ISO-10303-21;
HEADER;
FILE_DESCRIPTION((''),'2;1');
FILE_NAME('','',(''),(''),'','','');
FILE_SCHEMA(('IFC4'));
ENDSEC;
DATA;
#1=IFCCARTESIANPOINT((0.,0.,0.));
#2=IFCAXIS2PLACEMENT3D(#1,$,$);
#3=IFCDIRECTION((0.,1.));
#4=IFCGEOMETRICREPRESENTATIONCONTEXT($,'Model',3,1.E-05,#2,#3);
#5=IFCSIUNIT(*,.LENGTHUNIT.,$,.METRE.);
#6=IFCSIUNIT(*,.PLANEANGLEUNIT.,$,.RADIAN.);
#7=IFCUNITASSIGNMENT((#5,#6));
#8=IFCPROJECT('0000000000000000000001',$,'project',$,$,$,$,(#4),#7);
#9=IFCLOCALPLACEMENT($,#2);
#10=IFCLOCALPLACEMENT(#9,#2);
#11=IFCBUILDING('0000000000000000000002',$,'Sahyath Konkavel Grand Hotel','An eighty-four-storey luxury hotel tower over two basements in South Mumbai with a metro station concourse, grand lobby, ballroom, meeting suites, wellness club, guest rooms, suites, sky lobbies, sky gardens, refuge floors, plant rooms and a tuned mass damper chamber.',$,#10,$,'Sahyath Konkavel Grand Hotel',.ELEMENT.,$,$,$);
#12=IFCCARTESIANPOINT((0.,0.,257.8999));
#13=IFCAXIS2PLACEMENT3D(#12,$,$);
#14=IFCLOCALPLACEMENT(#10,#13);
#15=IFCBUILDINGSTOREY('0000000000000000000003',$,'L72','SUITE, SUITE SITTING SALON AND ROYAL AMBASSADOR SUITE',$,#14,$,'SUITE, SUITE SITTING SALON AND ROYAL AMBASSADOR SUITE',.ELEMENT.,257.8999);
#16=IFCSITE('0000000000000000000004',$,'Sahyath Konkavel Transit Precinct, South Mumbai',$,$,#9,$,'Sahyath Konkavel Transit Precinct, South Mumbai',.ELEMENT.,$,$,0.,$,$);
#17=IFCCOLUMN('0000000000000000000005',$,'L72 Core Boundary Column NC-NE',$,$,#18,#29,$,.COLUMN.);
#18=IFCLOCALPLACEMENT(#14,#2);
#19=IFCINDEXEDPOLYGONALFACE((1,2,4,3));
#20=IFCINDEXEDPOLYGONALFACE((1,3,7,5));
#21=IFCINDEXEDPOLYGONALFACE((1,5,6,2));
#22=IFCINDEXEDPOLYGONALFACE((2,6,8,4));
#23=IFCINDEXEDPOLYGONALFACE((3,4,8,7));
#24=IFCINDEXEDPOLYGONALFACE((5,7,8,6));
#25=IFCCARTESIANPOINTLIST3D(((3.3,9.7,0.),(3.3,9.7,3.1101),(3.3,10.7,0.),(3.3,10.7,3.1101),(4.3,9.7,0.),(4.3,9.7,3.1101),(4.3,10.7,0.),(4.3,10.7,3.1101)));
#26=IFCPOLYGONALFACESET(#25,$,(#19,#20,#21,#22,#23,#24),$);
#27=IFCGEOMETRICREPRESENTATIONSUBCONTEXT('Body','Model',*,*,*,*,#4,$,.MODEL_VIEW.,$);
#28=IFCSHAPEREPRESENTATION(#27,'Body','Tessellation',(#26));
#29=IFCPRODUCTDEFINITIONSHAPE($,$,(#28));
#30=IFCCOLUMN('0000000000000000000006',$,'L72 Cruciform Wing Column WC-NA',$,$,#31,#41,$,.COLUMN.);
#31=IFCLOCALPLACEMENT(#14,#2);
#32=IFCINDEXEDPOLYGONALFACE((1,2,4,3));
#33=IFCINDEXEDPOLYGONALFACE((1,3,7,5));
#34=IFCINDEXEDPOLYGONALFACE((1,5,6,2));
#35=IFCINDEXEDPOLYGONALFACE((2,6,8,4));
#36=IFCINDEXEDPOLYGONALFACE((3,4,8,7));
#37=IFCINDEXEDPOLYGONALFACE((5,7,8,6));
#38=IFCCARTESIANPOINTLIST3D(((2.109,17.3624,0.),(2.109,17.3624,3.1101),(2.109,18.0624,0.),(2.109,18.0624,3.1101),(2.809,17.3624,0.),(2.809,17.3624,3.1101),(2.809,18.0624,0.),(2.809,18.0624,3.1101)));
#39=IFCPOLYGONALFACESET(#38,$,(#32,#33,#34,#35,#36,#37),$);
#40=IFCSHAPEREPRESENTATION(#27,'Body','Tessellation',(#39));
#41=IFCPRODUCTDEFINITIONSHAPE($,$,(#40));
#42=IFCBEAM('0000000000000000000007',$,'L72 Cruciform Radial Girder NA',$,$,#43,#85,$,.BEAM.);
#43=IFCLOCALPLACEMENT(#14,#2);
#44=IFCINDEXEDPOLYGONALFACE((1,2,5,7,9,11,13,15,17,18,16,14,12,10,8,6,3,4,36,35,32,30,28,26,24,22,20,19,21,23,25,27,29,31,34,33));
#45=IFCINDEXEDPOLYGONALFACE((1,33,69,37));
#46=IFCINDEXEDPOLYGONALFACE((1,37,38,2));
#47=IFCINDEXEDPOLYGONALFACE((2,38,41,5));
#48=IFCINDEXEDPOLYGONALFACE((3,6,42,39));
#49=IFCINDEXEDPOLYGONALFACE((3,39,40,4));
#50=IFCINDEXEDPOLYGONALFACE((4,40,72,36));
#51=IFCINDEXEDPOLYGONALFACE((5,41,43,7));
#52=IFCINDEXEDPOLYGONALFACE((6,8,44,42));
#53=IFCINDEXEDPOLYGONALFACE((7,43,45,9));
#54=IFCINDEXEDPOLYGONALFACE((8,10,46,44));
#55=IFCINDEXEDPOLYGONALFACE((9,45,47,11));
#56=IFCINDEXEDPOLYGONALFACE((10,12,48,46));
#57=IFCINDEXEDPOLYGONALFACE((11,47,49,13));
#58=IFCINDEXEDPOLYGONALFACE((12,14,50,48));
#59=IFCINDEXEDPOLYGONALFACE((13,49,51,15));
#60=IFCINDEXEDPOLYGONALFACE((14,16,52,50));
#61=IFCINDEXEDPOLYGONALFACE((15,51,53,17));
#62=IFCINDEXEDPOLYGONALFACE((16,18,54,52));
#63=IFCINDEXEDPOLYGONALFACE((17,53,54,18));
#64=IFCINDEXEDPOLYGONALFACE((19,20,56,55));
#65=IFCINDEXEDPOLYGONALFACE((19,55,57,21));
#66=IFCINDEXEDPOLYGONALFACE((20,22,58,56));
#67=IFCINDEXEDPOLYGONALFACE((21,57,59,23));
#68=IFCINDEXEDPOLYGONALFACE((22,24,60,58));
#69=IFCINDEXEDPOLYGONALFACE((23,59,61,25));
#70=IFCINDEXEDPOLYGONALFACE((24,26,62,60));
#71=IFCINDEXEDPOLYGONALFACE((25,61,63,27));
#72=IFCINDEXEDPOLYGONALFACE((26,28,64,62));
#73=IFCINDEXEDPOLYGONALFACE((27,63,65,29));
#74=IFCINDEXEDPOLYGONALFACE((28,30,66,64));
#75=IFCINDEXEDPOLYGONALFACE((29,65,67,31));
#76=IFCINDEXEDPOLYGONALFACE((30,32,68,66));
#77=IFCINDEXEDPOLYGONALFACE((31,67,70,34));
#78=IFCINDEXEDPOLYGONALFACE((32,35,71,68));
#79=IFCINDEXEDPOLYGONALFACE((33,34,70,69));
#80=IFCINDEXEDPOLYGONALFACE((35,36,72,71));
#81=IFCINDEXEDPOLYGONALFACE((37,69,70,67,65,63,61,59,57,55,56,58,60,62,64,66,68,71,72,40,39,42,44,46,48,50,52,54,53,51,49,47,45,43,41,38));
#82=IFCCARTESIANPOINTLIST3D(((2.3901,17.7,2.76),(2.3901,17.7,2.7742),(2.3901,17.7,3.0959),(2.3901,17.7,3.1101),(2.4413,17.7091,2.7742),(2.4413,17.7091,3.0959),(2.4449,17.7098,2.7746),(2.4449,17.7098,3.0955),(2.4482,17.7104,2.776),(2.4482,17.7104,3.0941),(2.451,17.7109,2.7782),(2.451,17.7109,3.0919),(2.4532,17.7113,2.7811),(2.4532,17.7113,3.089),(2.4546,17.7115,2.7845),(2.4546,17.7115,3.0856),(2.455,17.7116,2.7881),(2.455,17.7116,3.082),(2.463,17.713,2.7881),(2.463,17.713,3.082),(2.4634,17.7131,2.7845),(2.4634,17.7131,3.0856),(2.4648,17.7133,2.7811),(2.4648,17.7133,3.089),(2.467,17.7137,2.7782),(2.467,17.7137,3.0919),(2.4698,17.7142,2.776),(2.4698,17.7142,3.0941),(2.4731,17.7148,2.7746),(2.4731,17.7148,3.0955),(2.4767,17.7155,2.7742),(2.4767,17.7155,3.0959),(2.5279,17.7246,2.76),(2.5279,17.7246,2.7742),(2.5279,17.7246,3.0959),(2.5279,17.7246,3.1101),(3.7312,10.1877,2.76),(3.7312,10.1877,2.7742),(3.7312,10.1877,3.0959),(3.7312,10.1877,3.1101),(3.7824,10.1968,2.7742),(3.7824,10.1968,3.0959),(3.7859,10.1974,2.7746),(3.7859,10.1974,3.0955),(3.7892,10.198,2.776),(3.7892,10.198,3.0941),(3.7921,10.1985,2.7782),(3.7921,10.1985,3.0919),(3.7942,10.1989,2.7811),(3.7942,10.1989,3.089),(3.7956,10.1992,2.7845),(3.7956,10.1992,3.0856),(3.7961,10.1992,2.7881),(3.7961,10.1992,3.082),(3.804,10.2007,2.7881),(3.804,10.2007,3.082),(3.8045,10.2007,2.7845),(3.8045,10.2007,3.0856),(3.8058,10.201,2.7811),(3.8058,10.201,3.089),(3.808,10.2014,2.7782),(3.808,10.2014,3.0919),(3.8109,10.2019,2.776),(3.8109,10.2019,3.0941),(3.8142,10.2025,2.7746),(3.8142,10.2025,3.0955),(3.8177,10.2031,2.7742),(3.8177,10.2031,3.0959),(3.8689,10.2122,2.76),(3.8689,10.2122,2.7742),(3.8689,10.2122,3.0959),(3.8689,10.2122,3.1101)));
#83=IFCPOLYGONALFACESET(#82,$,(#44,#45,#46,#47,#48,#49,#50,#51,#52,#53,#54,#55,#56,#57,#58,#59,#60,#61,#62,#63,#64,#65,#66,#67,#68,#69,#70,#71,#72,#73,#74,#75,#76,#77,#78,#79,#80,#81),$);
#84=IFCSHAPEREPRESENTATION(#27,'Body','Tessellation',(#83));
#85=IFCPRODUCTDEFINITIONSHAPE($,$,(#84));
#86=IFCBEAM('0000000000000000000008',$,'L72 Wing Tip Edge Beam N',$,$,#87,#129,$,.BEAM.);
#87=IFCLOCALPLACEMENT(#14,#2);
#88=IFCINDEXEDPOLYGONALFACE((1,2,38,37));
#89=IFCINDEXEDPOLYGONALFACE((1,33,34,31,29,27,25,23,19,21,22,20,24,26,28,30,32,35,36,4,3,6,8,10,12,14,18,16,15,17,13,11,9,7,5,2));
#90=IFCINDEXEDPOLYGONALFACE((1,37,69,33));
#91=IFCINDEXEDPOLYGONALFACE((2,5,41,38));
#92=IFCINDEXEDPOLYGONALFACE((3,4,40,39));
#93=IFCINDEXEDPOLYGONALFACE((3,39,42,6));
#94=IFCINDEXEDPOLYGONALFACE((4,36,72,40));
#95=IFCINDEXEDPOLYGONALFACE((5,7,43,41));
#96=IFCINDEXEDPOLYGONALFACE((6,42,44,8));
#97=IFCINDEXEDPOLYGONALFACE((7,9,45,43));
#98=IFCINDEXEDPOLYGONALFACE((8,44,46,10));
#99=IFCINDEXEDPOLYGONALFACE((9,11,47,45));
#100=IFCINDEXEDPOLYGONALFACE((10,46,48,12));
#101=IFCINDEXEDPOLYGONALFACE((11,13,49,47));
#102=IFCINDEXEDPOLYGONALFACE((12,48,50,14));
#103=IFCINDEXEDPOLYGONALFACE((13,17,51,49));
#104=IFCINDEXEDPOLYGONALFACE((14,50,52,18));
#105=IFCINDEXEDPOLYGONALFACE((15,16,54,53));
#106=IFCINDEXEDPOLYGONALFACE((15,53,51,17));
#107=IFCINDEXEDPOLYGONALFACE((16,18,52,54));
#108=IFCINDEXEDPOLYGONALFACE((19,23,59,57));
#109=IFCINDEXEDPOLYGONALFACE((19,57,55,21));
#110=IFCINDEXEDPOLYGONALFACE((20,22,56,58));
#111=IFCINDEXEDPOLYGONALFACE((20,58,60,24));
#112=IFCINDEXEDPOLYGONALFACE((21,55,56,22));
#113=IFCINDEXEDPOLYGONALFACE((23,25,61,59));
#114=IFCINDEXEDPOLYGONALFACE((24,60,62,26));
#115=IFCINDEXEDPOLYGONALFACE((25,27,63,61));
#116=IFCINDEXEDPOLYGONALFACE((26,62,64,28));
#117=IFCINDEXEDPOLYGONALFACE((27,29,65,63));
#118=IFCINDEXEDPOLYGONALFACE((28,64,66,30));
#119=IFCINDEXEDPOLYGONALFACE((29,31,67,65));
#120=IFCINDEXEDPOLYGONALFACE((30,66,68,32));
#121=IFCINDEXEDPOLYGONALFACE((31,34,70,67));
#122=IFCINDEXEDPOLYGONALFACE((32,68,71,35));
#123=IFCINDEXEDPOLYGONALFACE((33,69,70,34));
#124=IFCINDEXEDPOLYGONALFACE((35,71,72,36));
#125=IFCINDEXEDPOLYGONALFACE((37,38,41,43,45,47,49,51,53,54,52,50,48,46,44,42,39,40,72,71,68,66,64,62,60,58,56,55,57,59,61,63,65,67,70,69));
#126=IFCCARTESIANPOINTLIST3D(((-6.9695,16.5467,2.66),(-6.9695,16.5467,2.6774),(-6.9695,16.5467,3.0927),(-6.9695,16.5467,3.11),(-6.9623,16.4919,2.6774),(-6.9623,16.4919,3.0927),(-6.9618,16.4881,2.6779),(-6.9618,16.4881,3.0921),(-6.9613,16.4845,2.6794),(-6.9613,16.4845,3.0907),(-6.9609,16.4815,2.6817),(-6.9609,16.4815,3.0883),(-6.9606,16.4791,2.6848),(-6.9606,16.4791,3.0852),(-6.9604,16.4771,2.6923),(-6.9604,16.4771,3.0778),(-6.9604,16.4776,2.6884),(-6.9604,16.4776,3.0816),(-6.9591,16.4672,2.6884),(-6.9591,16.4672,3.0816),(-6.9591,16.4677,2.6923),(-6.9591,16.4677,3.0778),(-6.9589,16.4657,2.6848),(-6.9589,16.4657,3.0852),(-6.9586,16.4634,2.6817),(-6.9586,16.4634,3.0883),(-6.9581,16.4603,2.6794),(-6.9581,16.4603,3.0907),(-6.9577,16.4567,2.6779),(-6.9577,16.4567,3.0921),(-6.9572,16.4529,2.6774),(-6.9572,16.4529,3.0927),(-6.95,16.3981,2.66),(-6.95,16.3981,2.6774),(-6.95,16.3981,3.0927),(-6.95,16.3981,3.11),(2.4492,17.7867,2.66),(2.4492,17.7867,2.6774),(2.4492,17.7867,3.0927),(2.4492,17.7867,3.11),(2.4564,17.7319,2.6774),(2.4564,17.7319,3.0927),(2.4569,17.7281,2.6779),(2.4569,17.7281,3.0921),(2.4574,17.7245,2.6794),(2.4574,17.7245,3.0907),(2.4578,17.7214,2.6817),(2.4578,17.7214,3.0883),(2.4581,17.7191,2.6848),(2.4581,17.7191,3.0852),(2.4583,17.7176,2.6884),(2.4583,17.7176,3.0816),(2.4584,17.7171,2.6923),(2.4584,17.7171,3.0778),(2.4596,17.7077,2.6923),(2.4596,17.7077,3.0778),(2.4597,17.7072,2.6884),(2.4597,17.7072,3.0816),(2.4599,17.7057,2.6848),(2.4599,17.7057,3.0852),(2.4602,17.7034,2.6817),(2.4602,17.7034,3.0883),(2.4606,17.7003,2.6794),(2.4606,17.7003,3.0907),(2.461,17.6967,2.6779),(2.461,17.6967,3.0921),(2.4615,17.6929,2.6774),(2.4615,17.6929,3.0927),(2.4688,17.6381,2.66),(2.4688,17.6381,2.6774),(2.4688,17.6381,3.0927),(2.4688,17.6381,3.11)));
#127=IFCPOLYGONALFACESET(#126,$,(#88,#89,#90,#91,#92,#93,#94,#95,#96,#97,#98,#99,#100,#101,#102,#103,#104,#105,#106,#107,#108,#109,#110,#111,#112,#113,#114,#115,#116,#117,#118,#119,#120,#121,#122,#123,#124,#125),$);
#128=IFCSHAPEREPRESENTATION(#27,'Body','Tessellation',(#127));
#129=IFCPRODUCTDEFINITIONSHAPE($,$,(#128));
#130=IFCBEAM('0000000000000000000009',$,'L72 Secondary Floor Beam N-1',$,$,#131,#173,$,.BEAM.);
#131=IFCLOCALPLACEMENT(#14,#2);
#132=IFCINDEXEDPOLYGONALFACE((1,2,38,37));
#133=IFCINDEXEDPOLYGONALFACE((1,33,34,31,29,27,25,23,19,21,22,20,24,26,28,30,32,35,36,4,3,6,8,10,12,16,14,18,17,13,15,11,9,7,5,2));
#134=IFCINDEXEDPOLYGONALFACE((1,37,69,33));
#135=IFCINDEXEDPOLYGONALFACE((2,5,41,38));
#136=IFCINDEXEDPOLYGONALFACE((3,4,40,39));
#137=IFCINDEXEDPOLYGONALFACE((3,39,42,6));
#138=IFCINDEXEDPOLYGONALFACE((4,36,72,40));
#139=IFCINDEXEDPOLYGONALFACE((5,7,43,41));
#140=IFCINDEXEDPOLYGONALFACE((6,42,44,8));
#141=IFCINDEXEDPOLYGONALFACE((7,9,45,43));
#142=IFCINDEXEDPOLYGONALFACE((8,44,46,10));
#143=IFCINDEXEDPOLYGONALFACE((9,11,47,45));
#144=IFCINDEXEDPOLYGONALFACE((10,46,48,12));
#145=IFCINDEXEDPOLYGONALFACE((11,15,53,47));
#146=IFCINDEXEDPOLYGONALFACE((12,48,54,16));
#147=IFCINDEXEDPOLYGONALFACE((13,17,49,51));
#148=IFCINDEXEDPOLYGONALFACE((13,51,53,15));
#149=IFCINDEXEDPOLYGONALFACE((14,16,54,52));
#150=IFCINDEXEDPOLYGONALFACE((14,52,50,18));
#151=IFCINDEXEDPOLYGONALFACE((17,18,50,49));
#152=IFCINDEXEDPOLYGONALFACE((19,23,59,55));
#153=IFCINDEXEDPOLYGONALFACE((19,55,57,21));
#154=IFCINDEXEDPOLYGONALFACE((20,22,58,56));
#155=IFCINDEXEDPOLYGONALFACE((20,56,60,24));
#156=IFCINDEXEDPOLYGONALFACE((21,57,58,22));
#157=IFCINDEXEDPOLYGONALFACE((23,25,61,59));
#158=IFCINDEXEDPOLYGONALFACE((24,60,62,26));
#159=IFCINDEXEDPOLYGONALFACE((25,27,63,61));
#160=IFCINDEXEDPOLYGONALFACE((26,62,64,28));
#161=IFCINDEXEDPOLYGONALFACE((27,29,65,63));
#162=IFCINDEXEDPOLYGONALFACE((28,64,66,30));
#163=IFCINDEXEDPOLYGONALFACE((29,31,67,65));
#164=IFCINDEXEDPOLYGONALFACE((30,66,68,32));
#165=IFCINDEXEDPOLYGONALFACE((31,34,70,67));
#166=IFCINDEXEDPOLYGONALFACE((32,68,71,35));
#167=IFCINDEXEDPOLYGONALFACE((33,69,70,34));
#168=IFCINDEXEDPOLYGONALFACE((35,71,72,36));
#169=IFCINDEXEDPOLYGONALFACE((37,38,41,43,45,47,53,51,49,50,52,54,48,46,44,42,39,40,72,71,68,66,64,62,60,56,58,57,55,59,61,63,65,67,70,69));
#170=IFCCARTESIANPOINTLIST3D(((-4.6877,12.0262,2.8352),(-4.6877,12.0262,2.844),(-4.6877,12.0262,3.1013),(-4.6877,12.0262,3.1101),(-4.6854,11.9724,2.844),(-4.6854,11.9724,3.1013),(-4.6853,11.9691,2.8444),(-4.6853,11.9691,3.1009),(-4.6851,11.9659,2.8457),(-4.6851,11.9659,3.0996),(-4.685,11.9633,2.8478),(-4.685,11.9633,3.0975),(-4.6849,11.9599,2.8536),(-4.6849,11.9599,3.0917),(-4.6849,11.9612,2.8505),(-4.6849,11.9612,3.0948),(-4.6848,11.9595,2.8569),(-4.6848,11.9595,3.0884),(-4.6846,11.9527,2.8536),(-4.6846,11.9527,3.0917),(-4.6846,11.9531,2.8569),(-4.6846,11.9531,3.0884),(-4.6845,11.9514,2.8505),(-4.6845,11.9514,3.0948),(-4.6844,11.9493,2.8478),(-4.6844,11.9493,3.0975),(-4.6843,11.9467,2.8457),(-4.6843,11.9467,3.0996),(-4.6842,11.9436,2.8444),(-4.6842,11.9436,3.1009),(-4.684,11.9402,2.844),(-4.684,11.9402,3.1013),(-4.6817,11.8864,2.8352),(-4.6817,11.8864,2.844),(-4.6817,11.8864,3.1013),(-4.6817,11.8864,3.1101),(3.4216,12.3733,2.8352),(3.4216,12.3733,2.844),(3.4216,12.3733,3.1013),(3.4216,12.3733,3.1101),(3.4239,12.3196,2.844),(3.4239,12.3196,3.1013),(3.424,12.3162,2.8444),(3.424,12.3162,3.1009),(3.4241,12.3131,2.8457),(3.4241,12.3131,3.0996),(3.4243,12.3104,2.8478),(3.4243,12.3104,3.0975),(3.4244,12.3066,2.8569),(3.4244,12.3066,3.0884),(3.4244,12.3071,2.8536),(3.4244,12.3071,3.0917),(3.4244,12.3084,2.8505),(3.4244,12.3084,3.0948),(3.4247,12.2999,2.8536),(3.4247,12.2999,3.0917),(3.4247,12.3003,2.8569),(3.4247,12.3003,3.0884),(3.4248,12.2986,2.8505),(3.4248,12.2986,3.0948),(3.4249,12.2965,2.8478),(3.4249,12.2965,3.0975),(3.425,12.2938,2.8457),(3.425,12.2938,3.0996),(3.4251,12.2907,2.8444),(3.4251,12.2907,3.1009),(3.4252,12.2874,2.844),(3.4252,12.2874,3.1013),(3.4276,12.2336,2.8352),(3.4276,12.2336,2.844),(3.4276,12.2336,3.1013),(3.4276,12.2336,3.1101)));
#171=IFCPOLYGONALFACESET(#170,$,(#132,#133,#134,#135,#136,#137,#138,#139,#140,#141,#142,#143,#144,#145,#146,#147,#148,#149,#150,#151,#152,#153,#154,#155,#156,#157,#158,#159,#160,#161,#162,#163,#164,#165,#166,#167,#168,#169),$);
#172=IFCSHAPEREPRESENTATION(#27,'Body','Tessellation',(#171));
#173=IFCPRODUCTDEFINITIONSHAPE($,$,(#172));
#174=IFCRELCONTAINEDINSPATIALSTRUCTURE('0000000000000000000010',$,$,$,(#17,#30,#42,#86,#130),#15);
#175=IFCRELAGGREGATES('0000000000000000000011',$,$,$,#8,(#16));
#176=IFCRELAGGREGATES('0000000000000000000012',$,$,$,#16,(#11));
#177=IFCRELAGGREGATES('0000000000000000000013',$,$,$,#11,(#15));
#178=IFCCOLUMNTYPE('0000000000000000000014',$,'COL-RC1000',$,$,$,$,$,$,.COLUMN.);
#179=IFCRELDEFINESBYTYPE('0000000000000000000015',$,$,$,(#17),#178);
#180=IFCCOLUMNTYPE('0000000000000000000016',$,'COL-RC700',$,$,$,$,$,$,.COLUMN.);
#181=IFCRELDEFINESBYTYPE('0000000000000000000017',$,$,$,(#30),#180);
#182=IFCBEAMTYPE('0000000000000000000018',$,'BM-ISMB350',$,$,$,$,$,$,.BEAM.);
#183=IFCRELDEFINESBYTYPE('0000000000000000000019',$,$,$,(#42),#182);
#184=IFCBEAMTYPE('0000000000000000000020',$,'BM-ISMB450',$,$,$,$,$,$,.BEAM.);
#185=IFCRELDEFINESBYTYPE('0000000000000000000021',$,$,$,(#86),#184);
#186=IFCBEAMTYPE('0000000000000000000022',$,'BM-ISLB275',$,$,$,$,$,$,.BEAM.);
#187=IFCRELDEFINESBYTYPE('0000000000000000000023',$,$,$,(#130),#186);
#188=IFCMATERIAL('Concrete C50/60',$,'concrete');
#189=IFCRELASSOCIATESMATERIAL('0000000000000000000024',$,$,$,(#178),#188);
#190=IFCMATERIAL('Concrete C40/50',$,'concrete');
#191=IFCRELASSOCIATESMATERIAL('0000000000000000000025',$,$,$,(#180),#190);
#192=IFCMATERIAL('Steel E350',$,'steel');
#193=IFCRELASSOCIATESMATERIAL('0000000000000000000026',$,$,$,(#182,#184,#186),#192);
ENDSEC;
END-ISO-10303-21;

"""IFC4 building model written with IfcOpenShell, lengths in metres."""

from ifc_helpers import new_model, si_unit, direction, frame, origin, origin_2d, place, context, subcontext, project, spatial, rectangle, i_section, extrude, source, transform, mapped, material, material_profile, profile_set, type_object, element, save


model = new_model("IFC4")

# Units and contexts
model_context = context("Model", 3, precision=1e-05, world=origin(), true_north=direction((0.0, 1.0)))
body_context = subcontext(model_context, "Body", "Model", "MODEL_VIEW")
ifc_project = project(units=[si_unit("LENGTHUNIT", "METRE"), si_unit("PLANEANGLEUNIT", "RADIAN")], contexts=[model_context])

# Site, building, storey
site_placement = place(None, origin())
site = spatial("IfcSite", under=ifc_project, at=site_placement, Name="Sahyath Konkavel Transit Precinct, South Mumbai", LongName="Sahyath Konkavel Transit Precinct, South Mumbai", CompositionType="ELEMENT", RefElevation=0.0)
building_placement = place(site_placement, origin())
building = spatial("IfcBuilding", under=site, at=building_placement, Name="Sahyath Konkavel Grand Hotel", Description="An eighty-four-storey luxury hotel tower over two basements in South Mumbai with a metro station concourse, grand lobby, ballroom, meeting suites, wellness club, guest rooms, suites, sky lobbies, sky gardens, refuge floors, plant rooms and a tuned mass damper chamber.", LongName="Sahyath Konkavel Grand Hotel", CompositionType="ELEMENT")
storey_placement = place(building_placement, frame((0.0, 0.0, 257.8999)))
storey = spatial("IfcBuildingStorey", under=building, at=storey_placement, Name="L72", Description="SUITE, SUITE SITTING SALON AND ROYAL AMBASSADOR SUITE", LongName="SUITE, SUITE SITTING SALON AND ROYAL AMBASSADOR SUITE", CompositionType="ELEMENT", Elevation=257.8999)

# Columns
ifc_material_1 = material(Name="Concrete C50/60", Category="concrete")
ifc_material_profile_1 = material_profile(ifc_material_1, rectangle(XDim=1.0, YDim=1.0, at=origin_2d()), Name="RC 1000x1000")
ifc_profile_set_1 = profile_set([ifc_material_profile_1], Name="Concrete C50/60")
column_type_1 = type_object("IfcColumnType", Name="COL-RC1000", PredefinedType="COLUMN", material=ifc_profile_set_1)
shared_shape_1 = source(origin(), body_context, "Body", "SweptSolid", [
    extrude(rectangle(XDim=1.0, YDim=1.0, at=origin_2d()), origin(), (0.0, 0.0, 1.0), 3.1101),
])
column_1_placement = place(storey_placement, frame((3.8, 10.2, 0.0), z_axis=(0.0, 0.0, 1.0), x_axis=(1.0, 0.0, 0.0)))
element("IfcColumn", 1, at=column_1_placement, inside=storey, type_object=column_type_1, Name="L72 Core Boundary Column NC-NE", PredefinedType="COLUMN", context=body_context, shape_type="MappedRepresentation", body=[
    mapped(shared_shape_1, transform((0.0, 0.0, 0.0), scale=1.0)),
])
ifc_material_2 = material(Name="Concrete C40/50", Category="concrete")
ifc_material_profile_2 = material_profile(ifc_material_2, rectangle(XDim=0.7, YDim=0.7, at=origin_2d()), Name="RC 700x700")
ifc_profile_set_2 = profile_set([ifc_material_profile_2], Name="Concrete C40/50")
column_type_2 = type_object("IfcColumnType", Name="COL-RC700", PredefinedType="COLUMN", material=ifc_profile_set_2)
shared_shape_2 = source(origin(), body_context, "Body", "SweptSolid", [
    extrude(rectangle(XDim=0.7, YDim=0.7, at=origin_2d()), origin(), (0.0, 0.0, 1.0), 3.1101),
])
column_2_placement = place(storey_placement, frame((2.459, 17.7124, 0.0), z_axis=(0.0, 0.0, 1.0), x_axis=(1.0, 0.0, 0.0)))
element("IfcColumn", 2, at=column_2_placement, inside=storey, type_object=column_type_2, Name="L72 Cruciform Wing Column WC-NA", PredefinedType="COLUMN", context=body_context, shape_type="MappedRepresentation", body=[
    mapped(shared_shape_2, transform((0.0, 0.0, 0.0), scale=1.0)),
])

# Beams
ifc_material_3 = material(Name="Steel E350", Category="steel")
ifc_material_profile_3 = material_profile(ifc_material_3, i_section(OverallWidth=0.1399, OverallDepth=0.3501, WebThickness=0.0081, FlangeThickness=0.0142, FilletRadius=0.0139, at=origin_2d()), Name="ISMB 350")
ifc_profile_set_3 = profile_set([ifc_material_profile_3], Name="Steel E350")
beam_type_1 = type_object("IfcBeamType", Name="BM-ISMB350", PredefinedType="BEAM", material=ifc_profile_set_3)
shared_shape_3 = source(origin(), body_context, "Body", "SweptSolid", [
    extrude(i_section(OverallWidth=0.1399, OverallDepth=0.3501, WebThickness=0.0081, FlangeThickness=0.0142, FilletRadius=0.0139, at=origin_2d()), origin(), (0.0, 0.0, 1.0), 7.6311),
])
beam_1_placement = place(storey_placement, frame((3.8, 10.2, 2.9351), z_axis=(-0.175734, 0.984438, 0.0), x_axis=(-0.984438, -0.175734, 0.0)))
element("IfcBeam", 3, at=beam_1_placement, inside=storey, type_object=beam_type_1, Name="L72 Cruciform Radial Girder NA", PredefinedType="BEAM", context=body_context, shape_type="MappedRepresentation", body=[
    mapped(shared_shape_3, transform((0.0, 0.0, 0.0), scale=1.0)),
])
ifc_material_profile_4 = material_profile(ifc_material_3, i_section(OverallWidth=0.1499, OverallDepth=0.45, WebThickness=0.0095, FlangeThickness=0.0173, FilletRadius=0.0149, at=origin_2d()), Name="ISMB 450")
ifc_profile_set_4 = profile_set([ifc_material_profile_4], Name="Steel E350")
beam_type_2 = type_object("IfcBeamType", Name="BM-ISMB450", PredefinedType="BEAM", material=ifc_profile_set_4)
shared_shape_4 = source(origin(), body_context, "Body", "SweptSolid", [
    extrude(i_section(OverallWidth=0.1499, OverallDepth=0.45, WebThickness=0.0095, FlangeThickness=0.0173, FilletRadius=0.0149, at=origin_2d()), origin(), (0.0, 0.0, 1.0), 9.5),
])
beam_2_placement = place(storey_placement, frame((2.459, 17.7124, 2.885), z_axis=(-0.991445, -0.130526, 0.0), x_axis=(0.130526, -0.991445, 0.0)))
element("IfcBeam", 4, at=beam_2_placement, inside=storey, type_object=beam_type_2, Name="L72 Wing Tip Edge Beam N", PredefinedType="BEAM", context=body_context, shape_type="MappedRepresentation", body=[
    mapped(shared_shape_4, transform((0.0, 0.0, 0.0), scale=1.0)),
])
ifc_material_profile_5 = material_profile(ifc_material_3, i_section(OverallWidth=0.1399, OverallDepth=0.2749, WebThickness=0.0063, FlangeThickness=0.0088, FilletRadius=0.0129, at=origin_2d()), Name="ISLB 275")
ifc_profile_set_5 = profile_set([ifc_material_profile_5], Name="Steel E350")
beam_type_3 = type_object("IfcBeamType", Name="BM-ISLB275", PredefinedType="BEAM", material=ifc_profile_set_5)
shared_shape_5 = source(origin(), body_context, "Body", "SweptSolid", [
    extrude(i_section(OverallWidth=0.1399, OverallDepth=0.2749, WebThickness=0.0063, FlangeThickness=0.0088, FilletRadius=0.0129, at=origin_2d()), origin(), (0.0, 0.0, 1.0), 8.1167),
])
beam_3_placement = place(storey_placement, frame((3.4246, 12.3035, 2.9727), z_axis=(-0.999085, -0.042772, 0.0), x_axis=(0.042772, -0.999085, 0.0)))
element("IfcBeam", 5, at=beam_3_placement, inside=storey, type_object=beam_type_3, Name="L72 Secondary Floor Beam N-1", PredefinedType="BEAM", context=body_context, shape_type="MappedRepresentation", body=[
    mapped(shared_shape_5, transform((0.0, 0.0, 0.0), scale=1.0)),
])

save(model, "model.ifc")
